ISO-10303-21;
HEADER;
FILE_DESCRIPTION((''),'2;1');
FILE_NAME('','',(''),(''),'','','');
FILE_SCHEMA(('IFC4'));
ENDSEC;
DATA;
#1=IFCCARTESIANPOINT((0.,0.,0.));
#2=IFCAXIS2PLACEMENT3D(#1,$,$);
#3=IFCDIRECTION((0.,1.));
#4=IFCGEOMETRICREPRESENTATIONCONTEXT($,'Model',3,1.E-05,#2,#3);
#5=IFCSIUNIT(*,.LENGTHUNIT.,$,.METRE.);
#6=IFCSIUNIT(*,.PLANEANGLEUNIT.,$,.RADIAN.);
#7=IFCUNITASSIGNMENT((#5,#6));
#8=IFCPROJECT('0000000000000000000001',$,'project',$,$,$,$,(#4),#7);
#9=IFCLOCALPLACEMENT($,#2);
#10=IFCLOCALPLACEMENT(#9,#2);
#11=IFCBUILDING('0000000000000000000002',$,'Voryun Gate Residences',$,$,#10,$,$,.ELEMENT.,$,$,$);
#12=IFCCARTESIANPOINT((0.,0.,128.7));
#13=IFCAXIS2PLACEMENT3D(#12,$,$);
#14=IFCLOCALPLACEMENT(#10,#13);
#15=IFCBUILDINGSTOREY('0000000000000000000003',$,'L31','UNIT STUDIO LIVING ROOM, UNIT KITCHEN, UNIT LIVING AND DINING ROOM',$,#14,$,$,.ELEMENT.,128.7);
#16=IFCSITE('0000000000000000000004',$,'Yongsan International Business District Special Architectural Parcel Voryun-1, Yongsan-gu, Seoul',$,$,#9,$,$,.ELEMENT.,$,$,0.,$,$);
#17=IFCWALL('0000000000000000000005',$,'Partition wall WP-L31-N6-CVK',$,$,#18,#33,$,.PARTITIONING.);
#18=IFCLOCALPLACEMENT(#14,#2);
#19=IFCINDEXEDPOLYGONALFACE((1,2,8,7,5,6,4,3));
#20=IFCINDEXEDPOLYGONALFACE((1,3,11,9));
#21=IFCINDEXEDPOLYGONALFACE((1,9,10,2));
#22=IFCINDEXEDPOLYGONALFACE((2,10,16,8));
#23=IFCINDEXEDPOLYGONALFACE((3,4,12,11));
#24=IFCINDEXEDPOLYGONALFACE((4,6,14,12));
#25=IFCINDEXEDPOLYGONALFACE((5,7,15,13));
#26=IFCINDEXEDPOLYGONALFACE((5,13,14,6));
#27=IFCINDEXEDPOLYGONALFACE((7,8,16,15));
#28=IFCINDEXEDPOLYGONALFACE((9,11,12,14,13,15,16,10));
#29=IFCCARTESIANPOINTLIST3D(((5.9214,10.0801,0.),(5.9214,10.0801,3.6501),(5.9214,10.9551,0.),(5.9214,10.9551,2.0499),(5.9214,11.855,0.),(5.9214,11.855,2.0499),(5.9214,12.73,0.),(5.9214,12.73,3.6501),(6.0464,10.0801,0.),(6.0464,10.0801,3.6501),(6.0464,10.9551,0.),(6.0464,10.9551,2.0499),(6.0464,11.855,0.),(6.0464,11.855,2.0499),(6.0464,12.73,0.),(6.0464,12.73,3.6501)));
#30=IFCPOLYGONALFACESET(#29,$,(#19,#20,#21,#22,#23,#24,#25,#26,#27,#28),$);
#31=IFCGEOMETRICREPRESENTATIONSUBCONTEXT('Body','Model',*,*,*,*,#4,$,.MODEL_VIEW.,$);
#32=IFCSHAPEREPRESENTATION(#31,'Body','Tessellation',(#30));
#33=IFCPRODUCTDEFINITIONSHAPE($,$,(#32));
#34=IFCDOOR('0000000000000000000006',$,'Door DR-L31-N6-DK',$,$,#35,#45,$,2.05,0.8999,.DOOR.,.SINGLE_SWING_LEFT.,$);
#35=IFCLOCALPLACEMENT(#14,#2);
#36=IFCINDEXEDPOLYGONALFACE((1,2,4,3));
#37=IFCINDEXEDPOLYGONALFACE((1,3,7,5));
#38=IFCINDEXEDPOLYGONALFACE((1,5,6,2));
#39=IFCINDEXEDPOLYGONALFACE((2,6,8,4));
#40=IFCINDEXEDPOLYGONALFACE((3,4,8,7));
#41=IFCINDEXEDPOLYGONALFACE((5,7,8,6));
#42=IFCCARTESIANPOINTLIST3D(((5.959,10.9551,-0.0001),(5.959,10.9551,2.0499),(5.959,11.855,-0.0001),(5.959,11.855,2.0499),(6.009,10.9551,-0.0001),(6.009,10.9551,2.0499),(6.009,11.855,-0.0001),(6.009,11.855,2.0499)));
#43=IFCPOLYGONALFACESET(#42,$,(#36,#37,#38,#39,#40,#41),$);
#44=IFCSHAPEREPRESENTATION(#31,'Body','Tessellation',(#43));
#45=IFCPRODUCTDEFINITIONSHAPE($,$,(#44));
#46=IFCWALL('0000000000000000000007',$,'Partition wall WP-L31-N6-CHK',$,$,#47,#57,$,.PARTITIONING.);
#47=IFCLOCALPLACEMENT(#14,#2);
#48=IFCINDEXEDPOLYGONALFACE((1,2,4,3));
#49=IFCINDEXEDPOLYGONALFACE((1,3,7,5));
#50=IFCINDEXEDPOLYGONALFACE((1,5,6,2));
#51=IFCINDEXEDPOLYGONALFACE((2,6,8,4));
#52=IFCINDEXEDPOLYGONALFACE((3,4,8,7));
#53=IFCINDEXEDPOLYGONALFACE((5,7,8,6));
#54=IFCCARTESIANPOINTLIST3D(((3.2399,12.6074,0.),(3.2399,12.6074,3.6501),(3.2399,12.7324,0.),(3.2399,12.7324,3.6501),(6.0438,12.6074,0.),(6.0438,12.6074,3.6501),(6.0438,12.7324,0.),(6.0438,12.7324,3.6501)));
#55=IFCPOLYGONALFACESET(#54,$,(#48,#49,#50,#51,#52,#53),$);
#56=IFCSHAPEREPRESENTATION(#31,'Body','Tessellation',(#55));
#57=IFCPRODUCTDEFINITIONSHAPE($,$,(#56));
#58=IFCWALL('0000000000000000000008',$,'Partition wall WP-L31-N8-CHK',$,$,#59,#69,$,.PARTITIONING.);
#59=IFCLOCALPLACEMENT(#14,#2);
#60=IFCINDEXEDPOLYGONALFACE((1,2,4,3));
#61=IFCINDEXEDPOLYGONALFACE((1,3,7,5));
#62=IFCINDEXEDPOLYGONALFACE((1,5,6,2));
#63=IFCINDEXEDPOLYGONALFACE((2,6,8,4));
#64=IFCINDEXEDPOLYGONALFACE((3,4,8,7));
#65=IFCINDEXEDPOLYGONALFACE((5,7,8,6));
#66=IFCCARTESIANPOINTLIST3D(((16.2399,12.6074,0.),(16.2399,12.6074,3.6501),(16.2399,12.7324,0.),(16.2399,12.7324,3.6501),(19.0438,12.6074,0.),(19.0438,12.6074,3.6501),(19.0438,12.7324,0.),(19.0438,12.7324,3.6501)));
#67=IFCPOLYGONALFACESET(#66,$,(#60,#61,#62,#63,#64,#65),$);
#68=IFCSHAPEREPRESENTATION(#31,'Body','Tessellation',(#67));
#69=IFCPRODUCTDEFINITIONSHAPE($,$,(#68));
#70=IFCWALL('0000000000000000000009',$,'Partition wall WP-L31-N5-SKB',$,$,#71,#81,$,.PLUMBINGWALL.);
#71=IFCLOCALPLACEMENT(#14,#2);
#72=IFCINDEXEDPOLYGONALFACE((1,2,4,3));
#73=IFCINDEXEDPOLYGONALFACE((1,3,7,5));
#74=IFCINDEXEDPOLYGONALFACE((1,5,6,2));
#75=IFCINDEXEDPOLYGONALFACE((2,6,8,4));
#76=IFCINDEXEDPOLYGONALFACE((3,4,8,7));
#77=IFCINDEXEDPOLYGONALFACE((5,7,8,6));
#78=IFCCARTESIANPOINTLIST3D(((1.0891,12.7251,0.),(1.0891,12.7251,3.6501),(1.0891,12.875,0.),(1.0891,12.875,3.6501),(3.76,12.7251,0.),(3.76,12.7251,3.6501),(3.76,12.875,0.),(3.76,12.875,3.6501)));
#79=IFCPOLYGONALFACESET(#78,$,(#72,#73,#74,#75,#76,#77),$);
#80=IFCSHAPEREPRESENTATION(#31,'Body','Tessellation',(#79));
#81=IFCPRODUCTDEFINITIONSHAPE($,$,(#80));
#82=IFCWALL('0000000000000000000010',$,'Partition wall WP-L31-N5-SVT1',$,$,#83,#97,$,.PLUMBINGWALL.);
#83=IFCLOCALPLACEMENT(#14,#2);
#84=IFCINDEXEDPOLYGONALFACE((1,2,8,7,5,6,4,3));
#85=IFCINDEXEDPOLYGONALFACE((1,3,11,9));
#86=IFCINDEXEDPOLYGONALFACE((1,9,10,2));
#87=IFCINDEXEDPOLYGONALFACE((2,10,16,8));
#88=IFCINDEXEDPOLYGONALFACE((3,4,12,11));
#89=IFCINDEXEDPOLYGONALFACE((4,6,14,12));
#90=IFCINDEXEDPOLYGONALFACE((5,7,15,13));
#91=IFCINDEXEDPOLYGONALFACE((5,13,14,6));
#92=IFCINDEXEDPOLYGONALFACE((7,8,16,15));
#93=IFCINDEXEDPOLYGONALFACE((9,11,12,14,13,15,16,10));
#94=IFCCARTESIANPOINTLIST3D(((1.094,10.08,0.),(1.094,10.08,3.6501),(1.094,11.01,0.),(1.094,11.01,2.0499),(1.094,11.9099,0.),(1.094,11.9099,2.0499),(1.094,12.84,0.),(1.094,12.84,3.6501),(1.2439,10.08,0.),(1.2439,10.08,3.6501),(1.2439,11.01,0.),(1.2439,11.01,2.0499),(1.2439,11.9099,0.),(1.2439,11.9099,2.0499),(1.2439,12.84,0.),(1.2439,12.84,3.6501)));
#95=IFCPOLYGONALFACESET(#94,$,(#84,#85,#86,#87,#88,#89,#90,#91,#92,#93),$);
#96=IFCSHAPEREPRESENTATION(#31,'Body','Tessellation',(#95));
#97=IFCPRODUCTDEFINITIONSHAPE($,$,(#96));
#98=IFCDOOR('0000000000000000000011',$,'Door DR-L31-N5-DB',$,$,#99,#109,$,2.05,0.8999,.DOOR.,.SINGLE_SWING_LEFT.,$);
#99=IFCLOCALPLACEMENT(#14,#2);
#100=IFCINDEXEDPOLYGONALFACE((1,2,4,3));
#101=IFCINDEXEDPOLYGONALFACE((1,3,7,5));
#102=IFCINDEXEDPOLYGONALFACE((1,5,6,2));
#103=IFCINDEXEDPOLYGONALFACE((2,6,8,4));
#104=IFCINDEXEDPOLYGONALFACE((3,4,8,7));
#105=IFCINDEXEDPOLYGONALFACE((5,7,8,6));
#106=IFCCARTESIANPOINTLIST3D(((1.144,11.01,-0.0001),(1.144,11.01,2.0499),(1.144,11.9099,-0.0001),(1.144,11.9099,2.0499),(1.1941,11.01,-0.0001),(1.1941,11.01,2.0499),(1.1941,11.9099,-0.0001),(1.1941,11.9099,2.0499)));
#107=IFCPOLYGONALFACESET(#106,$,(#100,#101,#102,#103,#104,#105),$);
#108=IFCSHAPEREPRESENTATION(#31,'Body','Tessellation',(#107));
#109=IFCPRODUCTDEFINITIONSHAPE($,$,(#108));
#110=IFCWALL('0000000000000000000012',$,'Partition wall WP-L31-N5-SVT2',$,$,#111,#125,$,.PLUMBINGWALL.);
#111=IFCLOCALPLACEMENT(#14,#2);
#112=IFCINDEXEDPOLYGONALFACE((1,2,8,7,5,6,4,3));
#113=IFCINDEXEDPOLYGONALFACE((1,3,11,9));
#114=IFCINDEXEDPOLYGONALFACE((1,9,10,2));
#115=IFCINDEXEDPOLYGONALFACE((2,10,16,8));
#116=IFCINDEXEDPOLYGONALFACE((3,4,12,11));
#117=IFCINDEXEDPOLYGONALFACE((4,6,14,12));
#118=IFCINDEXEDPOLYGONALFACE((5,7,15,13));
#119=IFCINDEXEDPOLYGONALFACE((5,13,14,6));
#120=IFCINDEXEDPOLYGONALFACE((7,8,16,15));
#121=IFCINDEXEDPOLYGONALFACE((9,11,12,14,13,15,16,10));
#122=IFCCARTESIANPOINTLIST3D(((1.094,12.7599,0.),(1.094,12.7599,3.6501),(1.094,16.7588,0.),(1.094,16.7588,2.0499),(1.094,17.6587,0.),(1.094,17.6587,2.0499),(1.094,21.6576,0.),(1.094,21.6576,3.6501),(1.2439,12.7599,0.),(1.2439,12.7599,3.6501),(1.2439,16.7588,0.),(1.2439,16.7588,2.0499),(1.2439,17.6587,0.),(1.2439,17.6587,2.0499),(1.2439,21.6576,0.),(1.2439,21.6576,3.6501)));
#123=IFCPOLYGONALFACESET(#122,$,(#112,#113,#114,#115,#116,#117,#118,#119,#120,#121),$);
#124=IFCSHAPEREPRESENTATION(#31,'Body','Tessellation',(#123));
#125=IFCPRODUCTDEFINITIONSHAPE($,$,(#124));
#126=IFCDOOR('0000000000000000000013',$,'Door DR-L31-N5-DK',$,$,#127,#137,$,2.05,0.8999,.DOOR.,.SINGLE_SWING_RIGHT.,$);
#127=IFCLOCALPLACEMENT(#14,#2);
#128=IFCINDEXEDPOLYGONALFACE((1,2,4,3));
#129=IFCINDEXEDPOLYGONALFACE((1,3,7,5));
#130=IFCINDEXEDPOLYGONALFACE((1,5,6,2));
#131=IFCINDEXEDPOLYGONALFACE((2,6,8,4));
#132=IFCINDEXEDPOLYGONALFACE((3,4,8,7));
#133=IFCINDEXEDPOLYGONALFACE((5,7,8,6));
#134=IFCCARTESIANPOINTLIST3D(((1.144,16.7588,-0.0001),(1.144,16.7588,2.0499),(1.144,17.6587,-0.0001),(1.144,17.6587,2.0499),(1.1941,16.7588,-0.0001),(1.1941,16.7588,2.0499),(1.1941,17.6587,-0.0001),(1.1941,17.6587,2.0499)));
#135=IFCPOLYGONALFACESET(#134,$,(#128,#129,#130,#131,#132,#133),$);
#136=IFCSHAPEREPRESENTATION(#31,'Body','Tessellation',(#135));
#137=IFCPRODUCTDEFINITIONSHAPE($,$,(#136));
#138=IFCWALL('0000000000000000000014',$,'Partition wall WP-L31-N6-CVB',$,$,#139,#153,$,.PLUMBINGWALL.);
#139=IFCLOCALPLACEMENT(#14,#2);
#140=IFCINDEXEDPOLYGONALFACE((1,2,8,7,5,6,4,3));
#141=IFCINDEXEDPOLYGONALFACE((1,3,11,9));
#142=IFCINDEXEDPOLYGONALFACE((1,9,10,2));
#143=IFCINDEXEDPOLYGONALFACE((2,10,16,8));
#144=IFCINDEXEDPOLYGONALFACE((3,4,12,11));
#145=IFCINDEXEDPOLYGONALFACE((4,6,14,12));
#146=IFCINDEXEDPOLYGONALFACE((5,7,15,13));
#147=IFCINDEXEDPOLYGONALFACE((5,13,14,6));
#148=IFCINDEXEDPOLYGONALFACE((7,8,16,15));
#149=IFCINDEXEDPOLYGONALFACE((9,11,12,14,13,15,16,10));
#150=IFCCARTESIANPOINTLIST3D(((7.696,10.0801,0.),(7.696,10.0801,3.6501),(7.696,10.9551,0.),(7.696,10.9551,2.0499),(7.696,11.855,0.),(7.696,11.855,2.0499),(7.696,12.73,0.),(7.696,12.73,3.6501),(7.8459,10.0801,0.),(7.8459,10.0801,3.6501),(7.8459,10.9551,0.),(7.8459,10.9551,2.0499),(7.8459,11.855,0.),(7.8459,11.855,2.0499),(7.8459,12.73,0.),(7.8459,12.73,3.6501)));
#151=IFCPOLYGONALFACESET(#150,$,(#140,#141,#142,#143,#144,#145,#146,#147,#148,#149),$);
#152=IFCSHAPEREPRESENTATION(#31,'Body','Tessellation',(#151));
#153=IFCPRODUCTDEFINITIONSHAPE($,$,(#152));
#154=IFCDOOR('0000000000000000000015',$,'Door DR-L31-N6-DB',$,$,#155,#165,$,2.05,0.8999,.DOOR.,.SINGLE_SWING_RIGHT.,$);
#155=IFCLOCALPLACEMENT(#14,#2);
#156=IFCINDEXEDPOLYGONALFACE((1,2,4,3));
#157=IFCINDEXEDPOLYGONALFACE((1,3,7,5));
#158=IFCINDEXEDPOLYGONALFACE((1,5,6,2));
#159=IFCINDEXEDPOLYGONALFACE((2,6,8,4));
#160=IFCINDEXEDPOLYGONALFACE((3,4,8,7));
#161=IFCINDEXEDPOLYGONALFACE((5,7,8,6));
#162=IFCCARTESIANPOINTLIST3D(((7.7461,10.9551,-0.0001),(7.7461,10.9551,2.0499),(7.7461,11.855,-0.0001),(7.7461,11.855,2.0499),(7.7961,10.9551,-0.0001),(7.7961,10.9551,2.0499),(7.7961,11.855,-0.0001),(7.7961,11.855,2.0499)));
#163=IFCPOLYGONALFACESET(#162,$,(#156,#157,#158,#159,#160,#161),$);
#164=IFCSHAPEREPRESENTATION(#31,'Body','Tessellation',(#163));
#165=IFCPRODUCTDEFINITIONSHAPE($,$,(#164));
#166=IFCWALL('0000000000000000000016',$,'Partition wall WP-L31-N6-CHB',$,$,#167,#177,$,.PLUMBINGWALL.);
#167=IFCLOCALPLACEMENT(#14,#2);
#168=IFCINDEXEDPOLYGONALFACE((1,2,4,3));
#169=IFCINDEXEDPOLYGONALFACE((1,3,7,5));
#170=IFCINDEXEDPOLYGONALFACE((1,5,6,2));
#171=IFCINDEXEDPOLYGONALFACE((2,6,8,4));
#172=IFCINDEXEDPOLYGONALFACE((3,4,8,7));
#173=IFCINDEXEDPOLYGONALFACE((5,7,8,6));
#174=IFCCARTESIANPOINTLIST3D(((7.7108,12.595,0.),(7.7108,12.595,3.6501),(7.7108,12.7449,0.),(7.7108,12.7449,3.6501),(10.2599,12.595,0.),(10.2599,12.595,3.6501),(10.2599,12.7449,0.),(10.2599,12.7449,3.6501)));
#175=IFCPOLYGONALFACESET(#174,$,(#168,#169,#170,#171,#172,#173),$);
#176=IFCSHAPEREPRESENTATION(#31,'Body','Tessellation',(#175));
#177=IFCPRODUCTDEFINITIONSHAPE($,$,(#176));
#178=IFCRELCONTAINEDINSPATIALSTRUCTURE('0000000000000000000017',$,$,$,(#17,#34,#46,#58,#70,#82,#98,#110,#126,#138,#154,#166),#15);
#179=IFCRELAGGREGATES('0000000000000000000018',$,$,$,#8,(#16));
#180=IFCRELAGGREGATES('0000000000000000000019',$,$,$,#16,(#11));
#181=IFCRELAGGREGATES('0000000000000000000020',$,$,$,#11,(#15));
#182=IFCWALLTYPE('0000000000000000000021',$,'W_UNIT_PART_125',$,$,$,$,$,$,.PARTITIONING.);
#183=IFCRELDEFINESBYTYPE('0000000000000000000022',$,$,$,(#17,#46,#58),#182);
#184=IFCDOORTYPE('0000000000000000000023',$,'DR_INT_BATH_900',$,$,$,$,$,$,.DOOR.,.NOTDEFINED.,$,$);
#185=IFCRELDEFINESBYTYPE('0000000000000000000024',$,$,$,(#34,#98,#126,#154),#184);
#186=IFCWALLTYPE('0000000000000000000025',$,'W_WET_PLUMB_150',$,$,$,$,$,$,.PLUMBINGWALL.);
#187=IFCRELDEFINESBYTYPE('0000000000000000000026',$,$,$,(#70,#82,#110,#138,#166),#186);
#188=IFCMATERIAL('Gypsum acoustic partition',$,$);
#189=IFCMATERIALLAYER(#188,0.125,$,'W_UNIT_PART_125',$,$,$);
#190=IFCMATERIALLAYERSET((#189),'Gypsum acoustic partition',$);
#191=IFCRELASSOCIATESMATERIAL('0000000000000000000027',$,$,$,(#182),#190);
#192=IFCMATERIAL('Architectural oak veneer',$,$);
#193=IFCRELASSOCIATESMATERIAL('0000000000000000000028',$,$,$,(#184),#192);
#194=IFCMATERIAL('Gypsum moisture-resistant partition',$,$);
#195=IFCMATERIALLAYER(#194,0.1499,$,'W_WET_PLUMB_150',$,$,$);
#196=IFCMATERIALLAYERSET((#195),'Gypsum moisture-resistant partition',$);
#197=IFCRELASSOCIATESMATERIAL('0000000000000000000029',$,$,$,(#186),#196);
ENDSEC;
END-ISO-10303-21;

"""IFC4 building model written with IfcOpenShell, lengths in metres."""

from ifc_helpers import new_model, si_unit, direction, frame, frame_2d, origin, place, context, subcontext, project, spatial, rectangle, extrude, material, layer, layer_set, type_object, element, fill, save


model = new_model("IFC4")

# Units and contexts
model_context = context("Model", 3, precision=1e-05, world=origin(), true_north=direction((0.0, 1.0)))
body_context = subcontext(model_context, "Body", "Model", "MODEL_VIEW")
ifc_project = project(units=[si_unit("LENGTHUNIT", "METRE"), si_unit("PLANEANGLEUNIT", "RADIAN")], contexts=[model_context])

# Site, building, storey
site_placement = place(None, origin())
site = spatial("IfcSite", under=ifc_project, at=site_placement, Name="Yongsan International Business District Special Architectural Parcel Voryun-1, Yongsan-gu, Seoul", CompositionType="ELEMENT", RefElevation=0.0)
building_placement = place(site_placement, origin())
building = spatial("IfcBuilding", under=site, at=building_placement, Name="Voryun Gate Residences", CompositionType="ELEMENT")
storey_placement = place(building_placement, frame((0.0, 0.0, 128.7)))
storey = spatial("IfcBuildingStorey", under=building, at=storey_placement, Name="L31", Description="UNIT STUDIO LIVING ROOM, UNIT KITCHEN, UNIT LIVING AND DINING ROOM", CompositionType="ELEMENT", Elevation=128.7)

# Wall, opening, door
ifc_material_1 = material(Name="Gypsum acoustic partition")
ifc_layer_1 = layer(ifc_material_1, 0.125, Name="W_UNIT_PART_125")
ifc_layer_set_1 = layer_set([ifc_layer_1], Name="Gypsum acoustic partition")
wall_type_1 = type_object("IfcWallType", Name="W_UNIT_PART_125", PredefinedType="PARTITIONING", material=ifc_layer_set_1)
wall_1_placement = place(storey_placement, frame((5.9839, 10.0801, 0.0), z_axis=(0.0, 0.0, 1.0), x_axis=(0.0, 1.0, 0.0)))
wall_1 = element("IfcWall", 1, at=wall_1_placement, inside=storey, type_object=wall_type_1, Name="Partition wall WP-L31-N6-CVK", PredefinedType="PARTITIONING", context=body_context, shape_type="SweptSolid", body=[
    extrude(rectangle(XDim=2.6499, YDim=0.125, at=frame_2d((1.325, 0.0))), origin(), (0.0, 0.0, 1.0), 3.6501),
])
opening_1_placement = place(wall_1_placement, frame((0.875, 0.0, 0.0)))
opening_1 = element("IfcOpeningElement", 2, at=opening_1_placement, cuts=wall_1, PredefinedType="OPENING", context=body_context, shape_type="SweptSolid", body=[
    extrude(rectangle(XDim=0.8999, YDim=2.05, at=frame_2d((0.45, 1.0249))), frame((0.0, 0.0725, 0.0), z_axis=(0.0, -1.0, 0.0), x_axis=(1.0, 0.0, 0.0)), (0.0, 0.0, 1.0), 0.145),
])
ifc_material_2 = material(Name="Architectural oak veneer")
door_type_1 = type_object("IfcDoorType", Name="DR_INT_BATH_900", OperationType="NOTDEFINED", PredefinedType="DOOR", material=ifc_material_2)
door_1_placement = place(opening_1_placement, origin())
door_1 = element("IfcDoor", 3, at=door_1_placement, inside=storey, type_object=door_type_1, Name="Door DR-L31-N6-DK", OperationType="SINGLE_SWING_LEFT", OverallHeight=2.05, OverallWidth=0.8999, PredefinedType="DOOR", context=body_context, shape_type="SweptSolid", body=[
    extrude(rectangle(XDim=0.8999, YDim=2.05, at=frame_2d((0.45, 1.0249))), frame((0.0, 0.0249, 0.0), z_axis=(0.0, -1.0, 0.0), x_axis=(1.0, 0.0, 0.0)), (0.0, 0.0, 1.0), 0.05),
])
fill(opening_1, door_1)

# Walls
for number, where, z_axis, x_axis, name in (
    (4, (3.24, 12.6699, 0.0), (0.0, 0.0, 1.0), (1.0, 0.0, 0.0), "Partition wall WP-L31-N6-CHK"),
    (5, (16.24, 12.6699, 0.0), (0.0, 0.0, 1.0), (1.0, 0.0, 0.0), "Partition wall WP-L31-N8-CHK"),
):
    element("IfcWall", number, at=place(storey_placement, frame(where, z_axis=z_axis, x_axis=x_axis)), inside=storey, type_object=wall_type_1, Name=name, PredefinedType="PARTITIONING", context=body_context, shape_type="SweptSolid", body=[
        extrude(rectangle(XDim=2.804, YDim=0.125, at=frame_2d((1.4019, 0.0))), origin(), (0.0, 0.0, 1.0), 3.6501),
    ])
ifc_material_3 = material(Name="Gypsum moisture-resistant partition")
ifc_layer_2 = layer(ifc_material_3, 0.1499, Name="W_WET_PLUMB_150")
ifc_layer_set_2 = layer_set([ifc_layer_2], Name="Gypsum moisture-resistant partition")
wall_type_2 = type_object("IfcWallType", Name="W_WET_PLUMB_150", PredefinedType="PLUMBINGWALL", material=ifc_layer_set_2)
wall_2_placement = place(storey_placement, frame((1.0891, 12.8, 0.0), z_axis=(0.0, 0.0, 1.0), x_axis=(1.0, 0.0, 0.0)))
element("IfcWall", 6, at=wall_2_placement, inside=storey, type_object=wall_type_2, Name="Partition wall WP-L31-N5-SKB", PredefinedType="PLUMBINGWALL", context=body_context, shape_type="SweptSolid", body=[
    extrude(rectangle(XDim=2.6709, YDim=0.1499, at=frame_2d((1.3354, 0.0))), origin(), (0.0, 0.0, 1.0), 3.6501),
])

# Walls, openings, doors
wall_3_placement = place(storey_placement, frame((1.1689, 10.0801, 0.0), z_axis=(0.0, 0.0, 1.0), x_axis=(0.0, 1.0, 0.0)))
wall_3 = element("IfcWall", 7, at=wall_3_placement, inside=storey, type_object=wall_type_2, Name="Partition wall WP-L31-N5-SVT1", PredefinedType="PLUMBINGWALL", context=body_context, shape_type="SweptSolid", body=[
    extrude(rectangle(XDim=2.76, YDim=0.1499, at=frame_2d((1.3799, 0.0))), origin(), (0.0, 0.0, 1.0), 3.6501),
])
opening_2_placement = place(wall_3_placement, frame((0.9299, 0.0, 0.0)))
opening_2 = element("IfcOpeningElement", 8, at=opening_2_placement, cuts=wall_3, PredefinedType="OPENING", context=body_context, shape_type="SweptSolid", body=[
    extrude(rectangle(XDim=0.8999, YDim=2.05, at=frame_2d((0.45, 1.0249))), frame((0.0, 0.085, 0.0), z_axis=(0.0, -1.0, 0.0), x_axis=(1.0, 0.0, 0.0)), (0.0, 0.0, 1.0), 0.1699),
])
door_2_placement = place(opening_2_placement, origin())
door_2 = element("IfcDoor", 9, at=door_2_placement, inside=storey, type_object=door_type_1, Name="Door DR-L31-N5-DB", OperationType="SINGLE_SWING_LEFT", OverallHeight=2.05, OverallWidth=0.8999, PredefinedType="DOOR", context=body_context, shape_type="SweptSolid", body=[
    extrude(rectangle(XDim=0.8999, YDim=2.05, at=frame_2d((0.45, 1.0249))), frame((0.0, 0.0249, 0.0), z_axis=(0.0, -1.0, 0.0), x_axis=(1.0, 0.0, 0.0)), (0.0, 0.0, 1.0), 0.05),
])
fill(opening_2, door_2)
wall_4_placement = place(storey_placement, frame((1.1689, 12.76, 0.0), z_axis=(0.0, 0.0, 1.0), x_axis=(0.0, 1.0, 0.0)))
wall_4 = element("IfcWall", 10, at=wall_4_placement, inside=storey, type_object=wall_type_2, Name="Partition wall WP-L31-N5-SVT2", PredefinedType="PLUMBINGWALL", context=body_context, shape_type="SweptSolid", body=[
    extrude(rectangle(XDim=8.8977, YDim=0.1499, at=frame_2d((4.4487, 0.0))), origin(), (0.0, 0.0, 1.0), 3.6501),
])
opening_3_placement = place(wall_4_placement, frame((3.9988, 0.0, 0.0)))
opening_3 = element("IfcOpeningElement", 11, at=opening_3_placement, cuts=wall_4, PredefinedType="OPENING", context=body_context, shape_type="SweptSolid", body=[
    extrude(rectangle(XDim=0.8999, YDim=2.05, at=frame_2d((0.45, 1.0249))), frame((0.0, 0.085, 0.0), z_axis=(0.0, -1.0, 0.0), x_axis=(1.0, 0.0, 0.0)), (0.0, 0.0, 1.0), 0.1699),
])
door_3_placement = place(opening_3_placement, origin())
door_3 = element("IfcDoor", 12, at=door_3_placement, inside=storey, type_object=door_type_1, Name="Door DR-L31-N5-DK", OperationType="SINGLE_SWING_RIGHT", OverallHeight=2.05, OverallWidth=0.8999, PredefinedType="DOOR", context=body_context, shape_type="SweptSolid", body=[
    extrude(rectangle(XDim=0.8999, YDim=2.05, at=frame_2d((0.45, 1.0249))), frame((0.0, 0.0249, 0.0), z_axis=(0.0, -1.0, 0.0), x_axis=(1.0, 0.0, 0.0)), (0.0, 0.0, 1.0), 0.05),
])
fill(opening_3, door_3)
wall_5_placement = place(storey_placement, frame((7.771, 10.0801, 0.0), z_axis=(0.0, 0.0, 1.0), x_axis=(0.0, 1.0, 0.0)))
wall_5 = element("IfcWall", 13, at=wall_5_placement, inside=storey, type_object=wall_type_2, Name="Partition wall WP-L31-N6-CVB", PredefinedType="PLUMBINGWALL", context=body_context, shape_type="SweptSolid", body=[
    extrude(rectangle(XDim=2.6499, YDim=0.1499, at=frame_2d((1.325, 0.0))), origin(), (0.0, 0.0, 1.0), 3.6501),
])
opening_4_placement = place(wall_5_placement, frame((0.875, 0.0, 0.0)))
opening_4 = element("IfcOpeningElement", 14, at=opening_4_placement, cuts=wall_5, PredefinedType="OPENING", context=body_context, shape_type="SweptSolid", body=[
    extrude(rectangle(XDim=0.8999, YDim=2.05, at=frame_2d((0.45, 1.0249))), frame((0.0, 0.085, 0.0), z_axis=(0.0, -1.0, 0.0), x_axis=(1.0, 0.0, 0.0)), (0.0, 0.0, 1.0), 0.1699),
])
door_4_placement = place(opening_4_placement, origin())
door_4 = element("IfcDoor", 15, at=door_4_placement, inside=storey, type_object=door_type_1, Name="Door DR-L31-N6-DB", OperationType="SINGLE_SWING_RIGHT", OverallHeight=2.05, OverallWidth=0.8999, PredefinedType="DOOR", context=body_context, shape_type="SweptSolid", body=[
    extrude(rectangle(XDim=0.8999, YDim=2.05, at=frame_2d((0.45, 1.0249))), frame((0.0, 0.0249, 0.0), z_axis=(0.0, -1.0, 0.0), x_axis=(1.0, 0.0, 0.0)), (0.0, 0.0, 1.0), 0.05),
])
fill(opening_4, door_4)

# Wall
wall_6_placement = place(storey_placement, frame((7.7109, 12.6699, 0.0), z_axis=(0.0, 0.0, 1.0), x_axis=(1.0, 0.0, 0.0)))
element("IfcWall", 16, at=wall_6_placement, inside=storey, type_object=wall_type_2, Name="Partition wall WP-L31-N6-CHB", PredefinedType="PLUMBINGWALL", context=body_context, shape_type="SweptSolid", body=[
    extrude(rectangle(XDim=2.5491, YDim=0.1499, at=frame_2d((1.2744, 0.0))), origin(), (0.0, 0.0, 1.0), 3.6501),
])

save(model, "model.ifc")
